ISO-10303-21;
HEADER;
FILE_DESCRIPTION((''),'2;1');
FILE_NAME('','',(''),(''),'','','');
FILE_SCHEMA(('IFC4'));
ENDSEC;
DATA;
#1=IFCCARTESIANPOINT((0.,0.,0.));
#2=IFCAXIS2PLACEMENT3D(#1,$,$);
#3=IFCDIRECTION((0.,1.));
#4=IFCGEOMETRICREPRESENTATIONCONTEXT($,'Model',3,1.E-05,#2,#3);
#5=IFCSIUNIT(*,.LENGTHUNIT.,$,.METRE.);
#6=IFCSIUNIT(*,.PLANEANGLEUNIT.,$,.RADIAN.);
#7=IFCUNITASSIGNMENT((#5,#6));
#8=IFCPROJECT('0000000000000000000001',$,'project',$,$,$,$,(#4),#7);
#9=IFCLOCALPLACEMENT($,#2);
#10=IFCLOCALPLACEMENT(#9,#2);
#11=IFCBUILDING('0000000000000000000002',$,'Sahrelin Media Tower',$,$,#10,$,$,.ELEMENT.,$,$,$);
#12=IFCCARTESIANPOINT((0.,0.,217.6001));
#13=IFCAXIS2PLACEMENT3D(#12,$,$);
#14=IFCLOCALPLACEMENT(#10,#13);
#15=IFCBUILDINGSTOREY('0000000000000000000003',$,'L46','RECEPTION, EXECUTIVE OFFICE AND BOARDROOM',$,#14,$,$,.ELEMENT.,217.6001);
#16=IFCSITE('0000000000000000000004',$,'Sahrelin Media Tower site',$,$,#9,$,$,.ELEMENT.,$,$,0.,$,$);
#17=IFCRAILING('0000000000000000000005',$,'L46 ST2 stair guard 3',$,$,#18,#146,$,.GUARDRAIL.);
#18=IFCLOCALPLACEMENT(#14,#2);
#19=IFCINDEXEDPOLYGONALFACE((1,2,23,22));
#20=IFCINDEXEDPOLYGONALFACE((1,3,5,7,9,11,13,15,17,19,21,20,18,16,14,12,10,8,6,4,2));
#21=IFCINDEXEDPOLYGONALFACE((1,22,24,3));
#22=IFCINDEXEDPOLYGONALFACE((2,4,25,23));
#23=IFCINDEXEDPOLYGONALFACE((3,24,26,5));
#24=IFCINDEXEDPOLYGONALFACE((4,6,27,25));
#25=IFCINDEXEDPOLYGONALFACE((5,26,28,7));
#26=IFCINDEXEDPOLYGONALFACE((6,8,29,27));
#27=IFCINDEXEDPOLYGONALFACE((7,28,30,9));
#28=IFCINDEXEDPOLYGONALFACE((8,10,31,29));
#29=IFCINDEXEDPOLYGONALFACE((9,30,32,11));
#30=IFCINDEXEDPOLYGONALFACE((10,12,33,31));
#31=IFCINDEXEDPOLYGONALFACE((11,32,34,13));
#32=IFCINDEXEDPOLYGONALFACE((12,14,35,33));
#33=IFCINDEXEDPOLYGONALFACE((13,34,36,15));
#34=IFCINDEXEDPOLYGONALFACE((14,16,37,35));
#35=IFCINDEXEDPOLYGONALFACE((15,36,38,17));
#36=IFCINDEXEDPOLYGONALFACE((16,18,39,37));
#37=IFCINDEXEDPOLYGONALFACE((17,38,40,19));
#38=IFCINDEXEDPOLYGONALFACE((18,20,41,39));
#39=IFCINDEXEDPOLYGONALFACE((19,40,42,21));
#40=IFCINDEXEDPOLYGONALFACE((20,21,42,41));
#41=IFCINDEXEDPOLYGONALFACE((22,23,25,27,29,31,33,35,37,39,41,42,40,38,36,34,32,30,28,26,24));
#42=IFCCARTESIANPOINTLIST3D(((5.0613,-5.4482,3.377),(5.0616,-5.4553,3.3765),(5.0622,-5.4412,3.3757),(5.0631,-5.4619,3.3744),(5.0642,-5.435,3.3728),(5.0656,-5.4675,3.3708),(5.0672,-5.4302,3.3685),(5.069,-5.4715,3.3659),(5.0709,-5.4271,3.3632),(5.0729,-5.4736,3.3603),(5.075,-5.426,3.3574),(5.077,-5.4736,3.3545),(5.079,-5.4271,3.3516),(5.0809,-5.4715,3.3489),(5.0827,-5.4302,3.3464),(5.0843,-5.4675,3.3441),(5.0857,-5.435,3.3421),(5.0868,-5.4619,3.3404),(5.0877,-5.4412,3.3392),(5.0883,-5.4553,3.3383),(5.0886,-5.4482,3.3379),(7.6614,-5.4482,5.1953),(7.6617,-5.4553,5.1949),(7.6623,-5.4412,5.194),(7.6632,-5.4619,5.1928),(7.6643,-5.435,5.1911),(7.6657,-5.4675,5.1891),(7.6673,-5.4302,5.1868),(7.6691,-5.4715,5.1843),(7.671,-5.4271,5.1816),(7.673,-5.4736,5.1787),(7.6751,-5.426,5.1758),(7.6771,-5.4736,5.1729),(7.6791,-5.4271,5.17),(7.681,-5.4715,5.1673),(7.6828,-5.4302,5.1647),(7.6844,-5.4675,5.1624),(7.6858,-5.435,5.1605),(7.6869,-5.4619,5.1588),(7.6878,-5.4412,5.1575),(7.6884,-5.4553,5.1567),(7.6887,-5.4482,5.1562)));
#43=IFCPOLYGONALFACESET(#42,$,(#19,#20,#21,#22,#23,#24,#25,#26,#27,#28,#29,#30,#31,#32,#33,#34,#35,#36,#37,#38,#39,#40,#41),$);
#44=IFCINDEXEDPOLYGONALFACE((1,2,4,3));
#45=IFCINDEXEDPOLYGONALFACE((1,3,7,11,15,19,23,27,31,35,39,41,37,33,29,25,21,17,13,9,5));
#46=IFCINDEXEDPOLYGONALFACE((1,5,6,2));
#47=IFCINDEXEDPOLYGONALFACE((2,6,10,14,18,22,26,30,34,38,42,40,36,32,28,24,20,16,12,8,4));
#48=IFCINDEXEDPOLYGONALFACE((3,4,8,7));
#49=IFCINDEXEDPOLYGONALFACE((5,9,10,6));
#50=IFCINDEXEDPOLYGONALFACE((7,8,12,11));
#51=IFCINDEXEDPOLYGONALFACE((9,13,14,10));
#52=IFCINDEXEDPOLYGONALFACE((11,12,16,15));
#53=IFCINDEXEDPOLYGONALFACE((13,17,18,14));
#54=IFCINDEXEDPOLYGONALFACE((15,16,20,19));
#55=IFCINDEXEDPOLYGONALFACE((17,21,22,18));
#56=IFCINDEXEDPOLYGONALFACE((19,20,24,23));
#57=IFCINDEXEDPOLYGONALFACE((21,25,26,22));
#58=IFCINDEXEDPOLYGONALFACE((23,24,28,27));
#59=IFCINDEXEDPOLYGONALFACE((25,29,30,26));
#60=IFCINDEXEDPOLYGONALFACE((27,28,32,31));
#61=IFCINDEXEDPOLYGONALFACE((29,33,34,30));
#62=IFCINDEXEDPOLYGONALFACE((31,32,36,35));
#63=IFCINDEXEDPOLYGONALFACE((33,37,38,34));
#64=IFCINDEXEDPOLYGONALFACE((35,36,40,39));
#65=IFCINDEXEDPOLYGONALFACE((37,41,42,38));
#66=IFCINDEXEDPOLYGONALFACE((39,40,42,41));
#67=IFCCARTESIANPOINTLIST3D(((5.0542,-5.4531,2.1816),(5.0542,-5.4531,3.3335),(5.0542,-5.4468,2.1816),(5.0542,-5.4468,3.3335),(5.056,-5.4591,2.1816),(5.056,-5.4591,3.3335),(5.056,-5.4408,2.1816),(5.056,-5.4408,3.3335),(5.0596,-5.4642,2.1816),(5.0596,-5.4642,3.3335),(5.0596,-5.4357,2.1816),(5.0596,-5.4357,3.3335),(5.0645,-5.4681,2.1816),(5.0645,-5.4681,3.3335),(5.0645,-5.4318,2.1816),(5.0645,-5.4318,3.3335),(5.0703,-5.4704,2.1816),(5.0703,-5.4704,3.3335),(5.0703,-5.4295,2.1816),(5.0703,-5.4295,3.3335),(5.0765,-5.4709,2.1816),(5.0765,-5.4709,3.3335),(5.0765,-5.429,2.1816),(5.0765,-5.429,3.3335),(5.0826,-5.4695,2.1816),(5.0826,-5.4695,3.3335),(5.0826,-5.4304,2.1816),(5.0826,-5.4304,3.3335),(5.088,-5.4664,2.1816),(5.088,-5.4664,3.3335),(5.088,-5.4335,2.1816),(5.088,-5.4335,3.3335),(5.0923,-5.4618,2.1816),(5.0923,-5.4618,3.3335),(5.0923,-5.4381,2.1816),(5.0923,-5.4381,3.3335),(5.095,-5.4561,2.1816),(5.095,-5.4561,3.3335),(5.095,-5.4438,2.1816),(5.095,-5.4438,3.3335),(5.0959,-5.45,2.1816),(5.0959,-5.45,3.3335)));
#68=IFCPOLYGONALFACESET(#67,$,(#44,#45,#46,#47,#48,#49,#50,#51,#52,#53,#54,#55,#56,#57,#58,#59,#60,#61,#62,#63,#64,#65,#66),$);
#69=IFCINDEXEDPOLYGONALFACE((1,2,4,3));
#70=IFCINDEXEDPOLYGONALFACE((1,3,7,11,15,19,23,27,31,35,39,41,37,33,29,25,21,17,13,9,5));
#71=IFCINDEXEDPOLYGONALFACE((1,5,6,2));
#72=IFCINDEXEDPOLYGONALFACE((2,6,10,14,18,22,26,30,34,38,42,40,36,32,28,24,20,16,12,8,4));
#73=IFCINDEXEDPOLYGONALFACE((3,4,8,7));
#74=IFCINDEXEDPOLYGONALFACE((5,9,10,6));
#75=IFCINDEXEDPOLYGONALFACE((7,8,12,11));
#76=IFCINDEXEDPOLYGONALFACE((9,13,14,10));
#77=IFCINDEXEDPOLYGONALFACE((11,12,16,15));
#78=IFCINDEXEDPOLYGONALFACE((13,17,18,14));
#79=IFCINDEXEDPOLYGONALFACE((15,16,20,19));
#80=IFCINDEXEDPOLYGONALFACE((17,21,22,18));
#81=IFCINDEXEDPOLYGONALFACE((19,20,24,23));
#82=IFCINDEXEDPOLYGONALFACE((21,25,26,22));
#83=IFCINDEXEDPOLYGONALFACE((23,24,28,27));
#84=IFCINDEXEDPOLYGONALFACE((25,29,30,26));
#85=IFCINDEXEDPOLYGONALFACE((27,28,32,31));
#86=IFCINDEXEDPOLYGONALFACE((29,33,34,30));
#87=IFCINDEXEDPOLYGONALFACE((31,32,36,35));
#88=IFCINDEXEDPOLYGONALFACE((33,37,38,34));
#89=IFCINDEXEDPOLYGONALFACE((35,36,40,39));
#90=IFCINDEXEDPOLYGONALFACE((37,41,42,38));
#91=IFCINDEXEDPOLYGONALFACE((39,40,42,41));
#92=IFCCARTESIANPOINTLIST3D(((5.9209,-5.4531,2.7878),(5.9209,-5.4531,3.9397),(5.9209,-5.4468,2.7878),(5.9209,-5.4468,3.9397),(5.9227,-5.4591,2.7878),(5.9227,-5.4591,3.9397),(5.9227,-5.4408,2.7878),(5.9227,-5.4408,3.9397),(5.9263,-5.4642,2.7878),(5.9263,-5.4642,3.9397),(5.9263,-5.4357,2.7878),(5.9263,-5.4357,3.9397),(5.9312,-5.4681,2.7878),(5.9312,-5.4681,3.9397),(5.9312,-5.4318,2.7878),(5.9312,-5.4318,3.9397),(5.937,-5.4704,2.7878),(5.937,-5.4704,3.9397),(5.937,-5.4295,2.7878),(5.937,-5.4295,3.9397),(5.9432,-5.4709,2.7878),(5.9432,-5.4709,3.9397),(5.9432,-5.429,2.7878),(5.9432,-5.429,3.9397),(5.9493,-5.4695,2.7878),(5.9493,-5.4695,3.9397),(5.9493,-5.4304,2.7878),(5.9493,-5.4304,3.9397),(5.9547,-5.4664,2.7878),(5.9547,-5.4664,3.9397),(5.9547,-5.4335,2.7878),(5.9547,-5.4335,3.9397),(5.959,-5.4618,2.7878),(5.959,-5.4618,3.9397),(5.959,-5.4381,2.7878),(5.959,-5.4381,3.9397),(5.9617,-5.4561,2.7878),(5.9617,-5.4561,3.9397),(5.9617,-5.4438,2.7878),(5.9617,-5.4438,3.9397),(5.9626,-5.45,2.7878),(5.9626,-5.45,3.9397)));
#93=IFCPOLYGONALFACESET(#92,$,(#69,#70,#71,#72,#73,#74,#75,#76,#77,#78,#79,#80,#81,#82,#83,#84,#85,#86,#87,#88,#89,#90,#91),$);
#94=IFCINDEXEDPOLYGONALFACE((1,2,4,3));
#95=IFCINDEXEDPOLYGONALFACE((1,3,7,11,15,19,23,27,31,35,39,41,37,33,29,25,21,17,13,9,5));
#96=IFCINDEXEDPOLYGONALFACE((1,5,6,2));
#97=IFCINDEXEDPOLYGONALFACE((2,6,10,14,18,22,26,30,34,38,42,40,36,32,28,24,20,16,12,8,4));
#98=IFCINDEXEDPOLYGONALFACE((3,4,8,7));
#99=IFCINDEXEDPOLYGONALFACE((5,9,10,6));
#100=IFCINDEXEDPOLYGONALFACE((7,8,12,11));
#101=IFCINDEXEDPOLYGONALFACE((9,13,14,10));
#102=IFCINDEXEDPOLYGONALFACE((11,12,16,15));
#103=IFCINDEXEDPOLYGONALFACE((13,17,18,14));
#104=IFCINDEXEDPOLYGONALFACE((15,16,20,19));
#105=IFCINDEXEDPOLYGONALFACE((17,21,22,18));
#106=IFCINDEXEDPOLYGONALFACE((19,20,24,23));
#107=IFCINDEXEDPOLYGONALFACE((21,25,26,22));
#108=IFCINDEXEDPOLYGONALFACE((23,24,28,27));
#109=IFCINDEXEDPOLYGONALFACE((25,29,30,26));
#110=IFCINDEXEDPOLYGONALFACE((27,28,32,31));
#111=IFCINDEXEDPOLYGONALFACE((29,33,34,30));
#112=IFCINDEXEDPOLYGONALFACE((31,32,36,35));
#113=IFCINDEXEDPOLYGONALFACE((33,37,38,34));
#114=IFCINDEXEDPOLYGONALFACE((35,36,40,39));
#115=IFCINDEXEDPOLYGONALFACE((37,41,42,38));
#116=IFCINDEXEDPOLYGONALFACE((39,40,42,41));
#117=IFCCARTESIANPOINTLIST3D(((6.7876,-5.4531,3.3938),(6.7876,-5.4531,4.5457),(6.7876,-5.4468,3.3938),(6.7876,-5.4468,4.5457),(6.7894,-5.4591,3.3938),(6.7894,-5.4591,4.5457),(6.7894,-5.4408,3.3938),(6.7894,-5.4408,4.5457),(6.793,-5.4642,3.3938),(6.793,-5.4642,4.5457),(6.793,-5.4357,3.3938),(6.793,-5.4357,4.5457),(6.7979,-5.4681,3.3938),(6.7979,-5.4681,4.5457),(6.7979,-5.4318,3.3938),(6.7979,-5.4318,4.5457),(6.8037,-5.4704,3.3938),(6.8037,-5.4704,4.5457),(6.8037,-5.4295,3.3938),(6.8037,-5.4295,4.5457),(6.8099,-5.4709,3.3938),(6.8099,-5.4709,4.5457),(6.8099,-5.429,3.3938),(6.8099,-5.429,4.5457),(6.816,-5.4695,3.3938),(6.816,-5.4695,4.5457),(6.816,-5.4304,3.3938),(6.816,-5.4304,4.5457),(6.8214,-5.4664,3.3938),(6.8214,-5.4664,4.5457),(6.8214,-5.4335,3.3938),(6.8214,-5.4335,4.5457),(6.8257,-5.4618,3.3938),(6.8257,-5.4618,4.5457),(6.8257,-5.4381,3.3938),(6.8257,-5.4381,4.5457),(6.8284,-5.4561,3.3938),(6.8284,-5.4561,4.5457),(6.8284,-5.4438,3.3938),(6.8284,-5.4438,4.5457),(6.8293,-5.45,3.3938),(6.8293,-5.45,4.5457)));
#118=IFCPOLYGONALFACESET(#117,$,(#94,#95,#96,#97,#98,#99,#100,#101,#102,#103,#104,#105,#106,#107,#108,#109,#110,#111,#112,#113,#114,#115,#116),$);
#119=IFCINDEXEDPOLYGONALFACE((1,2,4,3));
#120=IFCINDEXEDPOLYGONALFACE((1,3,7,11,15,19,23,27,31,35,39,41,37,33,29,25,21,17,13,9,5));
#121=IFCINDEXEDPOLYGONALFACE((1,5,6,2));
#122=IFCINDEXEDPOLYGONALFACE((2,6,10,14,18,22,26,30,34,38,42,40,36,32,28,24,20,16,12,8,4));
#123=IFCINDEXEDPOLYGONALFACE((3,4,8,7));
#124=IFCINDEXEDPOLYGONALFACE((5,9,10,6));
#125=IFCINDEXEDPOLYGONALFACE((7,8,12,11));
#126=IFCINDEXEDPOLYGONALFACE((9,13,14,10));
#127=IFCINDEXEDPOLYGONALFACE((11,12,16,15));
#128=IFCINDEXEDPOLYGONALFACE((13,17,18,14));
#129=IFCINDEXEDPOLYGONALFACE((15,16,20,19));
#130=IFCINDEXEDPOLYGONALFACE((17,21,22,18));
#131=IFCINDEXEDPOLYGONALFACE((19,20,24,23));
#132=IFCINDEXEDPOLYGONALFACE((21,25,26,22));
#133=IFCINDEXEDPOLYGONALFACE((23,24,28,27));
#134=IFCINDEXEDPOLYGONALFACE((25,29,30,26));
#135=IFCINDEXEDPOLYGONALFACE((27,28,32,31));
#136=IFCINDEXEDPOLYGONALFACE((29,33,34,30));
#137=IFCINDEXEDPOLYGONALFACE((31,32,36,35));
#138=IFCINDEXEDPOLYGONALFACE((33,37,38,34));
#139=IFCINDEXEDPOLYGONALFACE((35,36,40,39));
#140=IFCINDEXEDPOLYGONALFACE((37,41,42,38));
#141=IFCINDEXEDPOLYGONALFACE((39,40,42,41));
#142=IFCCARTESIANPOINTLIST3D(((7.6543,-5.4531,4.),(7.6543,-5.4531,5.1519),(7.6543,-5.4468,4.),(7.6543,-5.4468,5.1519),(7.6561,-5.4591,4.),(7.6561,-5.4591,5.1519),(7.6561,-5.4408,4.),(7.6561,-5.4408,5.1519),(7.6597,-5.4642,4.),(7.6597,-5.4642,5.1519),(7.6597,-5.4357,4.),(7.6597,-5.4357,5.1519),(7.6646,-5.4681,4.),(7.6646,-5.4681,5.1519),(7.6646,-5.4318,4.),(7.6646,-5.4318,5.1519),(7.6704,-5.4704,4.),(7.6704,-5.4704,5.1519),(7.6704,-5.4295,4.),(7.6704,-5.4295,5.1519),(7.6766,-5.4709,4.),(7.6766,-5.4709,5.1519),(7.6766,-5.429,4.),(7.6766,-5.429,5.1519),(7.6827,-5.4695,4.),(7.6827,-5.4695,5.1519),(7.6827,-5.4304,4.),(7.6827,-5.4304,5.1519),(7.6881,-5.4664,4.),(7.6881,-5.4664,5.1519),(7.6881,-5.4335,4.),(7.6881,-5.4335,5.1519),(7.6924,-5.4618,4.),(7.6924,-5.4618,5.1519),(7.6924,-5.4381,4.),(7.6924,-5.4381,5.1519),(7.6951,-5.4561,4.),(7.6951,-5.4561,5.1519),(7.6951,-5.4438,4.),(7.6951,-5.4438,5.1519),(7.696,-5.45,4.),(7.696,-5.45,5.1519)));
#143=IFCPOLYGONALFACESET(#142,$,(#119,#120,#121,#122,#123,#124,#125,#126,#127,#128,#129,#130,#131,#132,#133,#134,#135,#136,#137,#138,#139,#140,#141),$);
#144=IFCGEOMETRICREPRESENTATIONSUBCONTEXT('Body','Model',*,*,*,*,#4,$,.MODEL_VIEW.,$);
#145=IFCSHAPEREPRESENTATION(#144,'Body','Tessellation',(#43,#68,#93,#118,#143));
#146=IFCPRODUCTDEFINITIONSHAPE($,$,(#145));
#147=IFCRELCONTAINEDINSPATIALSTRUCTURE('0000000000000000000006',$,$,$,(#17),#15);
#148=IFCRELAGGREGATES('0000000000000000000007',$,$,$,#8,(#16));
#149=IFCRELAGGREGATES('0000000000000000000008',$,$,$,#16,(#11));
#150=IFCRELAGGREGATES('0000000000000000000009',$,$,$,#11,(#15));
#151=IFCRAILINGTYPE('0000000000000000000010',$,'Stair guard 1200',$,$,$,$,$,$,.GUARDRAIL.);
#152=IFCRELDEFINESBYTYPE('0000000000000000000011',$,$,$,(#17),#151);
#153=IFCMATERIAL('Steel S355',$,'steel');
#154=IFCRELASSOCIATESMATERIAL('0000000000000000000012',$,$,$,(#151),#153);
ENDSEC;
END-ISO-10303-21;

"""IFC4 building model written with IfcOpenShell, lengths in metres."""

from ifc_helpers import new_model, si_unit, direction, frame, origin, origin_2d, place, context, subcontext, project, spatial, circle, extrude, material, type_object, element, save


model = new_model("IFC4")

# Units and contexts
model_context = context("Model", 3, precision=1e-05, world=origin(), true_north=direction((0.0, 1.0)))
body_context = subcontext(model_context, "Body", "Model", "MODEL_VIEW")
ifc_project = project(units=[si_unit("LENGTHUNIT", "METRE"), si_unit("PLANEANGLEUNIT", "RADIAN")], contexts=[model_context])

# Site, building, storey
site_placement = place(None, origin())
site = spatial("IfcSite", under=ifc_project, at=site_placement, Name="Sahrelin Media Tower site", CompositionType="ELEMENT", RefElevation=0.0)
building_placement = place(site_placement, origin())
building = spatial("IfcBuilding", under=site, at=building_placement, Name="Sahrelin Media Tower", CompositionType="ELEMENT")
storey_placement = place(building_placement, frame((0.0, 0.0, 217.6001)))
storey = spatial("IfcBuildingStorey", under=building, at=storey_placement, Name="L46", Description="RECEPTION, EXECUTIVE OFFICE AND BOARDROOM", CompositionType="ELEMENT", Elevation=217.6001)

# Shared definitions
ifc_material_1 = material(Name="Steel S355", Category="steel")

# Railing
railing_type_1 = type_object("IfcRailingType", Name="Stair guard 1200", PredefinedType="GUARDRAIL", material=ifc_material_1)
railing_1_placement = place(storey_placement, frame((5.075, -5.45, 2.1816)))
element("IfcRailing", 1, at=railing_1_placement, inside=storey, type_object=railing_type_1, Name="L46 ST2 stair guard 3", PredefinedType="GUARDRAIL", context=body_context, shape_type="SweptSolid", body=[
    extrude(circle(Radius=0.0239, at=origin_2d()), frame((0.0, 0.0, 1.1758), z_axis=(0.819485, 0.0, 0.573101), x_axis=(0.0, 1.0, 0.0)), (0.0, 0.0, 1.0), 3.1729),
    extrude(circle(Radius=0.021, at=origin_2d()), origin(), (0.0, 0.0, 1.0), 1.1519),
    extrude(circle(Radius=0.021, at=origin_2d()), frame((0.8667, 0.0, 0.6062)), (0.0, 0.0, 1.0), 1.1519),
    extrude(circle(Radius=0.021, at=origin_2d()), frame((1.7334, 0.0, 1.2122)), (0.0, 0.0, 1.0), 1.1519),
    extrude(circle(Radius=0.021, at=origin_2d()), frame((2.6001, 0.0, 1.8184)), (0.0, 0.0, 1.0), 1.1519),
])

save(model, "model.ifc")
